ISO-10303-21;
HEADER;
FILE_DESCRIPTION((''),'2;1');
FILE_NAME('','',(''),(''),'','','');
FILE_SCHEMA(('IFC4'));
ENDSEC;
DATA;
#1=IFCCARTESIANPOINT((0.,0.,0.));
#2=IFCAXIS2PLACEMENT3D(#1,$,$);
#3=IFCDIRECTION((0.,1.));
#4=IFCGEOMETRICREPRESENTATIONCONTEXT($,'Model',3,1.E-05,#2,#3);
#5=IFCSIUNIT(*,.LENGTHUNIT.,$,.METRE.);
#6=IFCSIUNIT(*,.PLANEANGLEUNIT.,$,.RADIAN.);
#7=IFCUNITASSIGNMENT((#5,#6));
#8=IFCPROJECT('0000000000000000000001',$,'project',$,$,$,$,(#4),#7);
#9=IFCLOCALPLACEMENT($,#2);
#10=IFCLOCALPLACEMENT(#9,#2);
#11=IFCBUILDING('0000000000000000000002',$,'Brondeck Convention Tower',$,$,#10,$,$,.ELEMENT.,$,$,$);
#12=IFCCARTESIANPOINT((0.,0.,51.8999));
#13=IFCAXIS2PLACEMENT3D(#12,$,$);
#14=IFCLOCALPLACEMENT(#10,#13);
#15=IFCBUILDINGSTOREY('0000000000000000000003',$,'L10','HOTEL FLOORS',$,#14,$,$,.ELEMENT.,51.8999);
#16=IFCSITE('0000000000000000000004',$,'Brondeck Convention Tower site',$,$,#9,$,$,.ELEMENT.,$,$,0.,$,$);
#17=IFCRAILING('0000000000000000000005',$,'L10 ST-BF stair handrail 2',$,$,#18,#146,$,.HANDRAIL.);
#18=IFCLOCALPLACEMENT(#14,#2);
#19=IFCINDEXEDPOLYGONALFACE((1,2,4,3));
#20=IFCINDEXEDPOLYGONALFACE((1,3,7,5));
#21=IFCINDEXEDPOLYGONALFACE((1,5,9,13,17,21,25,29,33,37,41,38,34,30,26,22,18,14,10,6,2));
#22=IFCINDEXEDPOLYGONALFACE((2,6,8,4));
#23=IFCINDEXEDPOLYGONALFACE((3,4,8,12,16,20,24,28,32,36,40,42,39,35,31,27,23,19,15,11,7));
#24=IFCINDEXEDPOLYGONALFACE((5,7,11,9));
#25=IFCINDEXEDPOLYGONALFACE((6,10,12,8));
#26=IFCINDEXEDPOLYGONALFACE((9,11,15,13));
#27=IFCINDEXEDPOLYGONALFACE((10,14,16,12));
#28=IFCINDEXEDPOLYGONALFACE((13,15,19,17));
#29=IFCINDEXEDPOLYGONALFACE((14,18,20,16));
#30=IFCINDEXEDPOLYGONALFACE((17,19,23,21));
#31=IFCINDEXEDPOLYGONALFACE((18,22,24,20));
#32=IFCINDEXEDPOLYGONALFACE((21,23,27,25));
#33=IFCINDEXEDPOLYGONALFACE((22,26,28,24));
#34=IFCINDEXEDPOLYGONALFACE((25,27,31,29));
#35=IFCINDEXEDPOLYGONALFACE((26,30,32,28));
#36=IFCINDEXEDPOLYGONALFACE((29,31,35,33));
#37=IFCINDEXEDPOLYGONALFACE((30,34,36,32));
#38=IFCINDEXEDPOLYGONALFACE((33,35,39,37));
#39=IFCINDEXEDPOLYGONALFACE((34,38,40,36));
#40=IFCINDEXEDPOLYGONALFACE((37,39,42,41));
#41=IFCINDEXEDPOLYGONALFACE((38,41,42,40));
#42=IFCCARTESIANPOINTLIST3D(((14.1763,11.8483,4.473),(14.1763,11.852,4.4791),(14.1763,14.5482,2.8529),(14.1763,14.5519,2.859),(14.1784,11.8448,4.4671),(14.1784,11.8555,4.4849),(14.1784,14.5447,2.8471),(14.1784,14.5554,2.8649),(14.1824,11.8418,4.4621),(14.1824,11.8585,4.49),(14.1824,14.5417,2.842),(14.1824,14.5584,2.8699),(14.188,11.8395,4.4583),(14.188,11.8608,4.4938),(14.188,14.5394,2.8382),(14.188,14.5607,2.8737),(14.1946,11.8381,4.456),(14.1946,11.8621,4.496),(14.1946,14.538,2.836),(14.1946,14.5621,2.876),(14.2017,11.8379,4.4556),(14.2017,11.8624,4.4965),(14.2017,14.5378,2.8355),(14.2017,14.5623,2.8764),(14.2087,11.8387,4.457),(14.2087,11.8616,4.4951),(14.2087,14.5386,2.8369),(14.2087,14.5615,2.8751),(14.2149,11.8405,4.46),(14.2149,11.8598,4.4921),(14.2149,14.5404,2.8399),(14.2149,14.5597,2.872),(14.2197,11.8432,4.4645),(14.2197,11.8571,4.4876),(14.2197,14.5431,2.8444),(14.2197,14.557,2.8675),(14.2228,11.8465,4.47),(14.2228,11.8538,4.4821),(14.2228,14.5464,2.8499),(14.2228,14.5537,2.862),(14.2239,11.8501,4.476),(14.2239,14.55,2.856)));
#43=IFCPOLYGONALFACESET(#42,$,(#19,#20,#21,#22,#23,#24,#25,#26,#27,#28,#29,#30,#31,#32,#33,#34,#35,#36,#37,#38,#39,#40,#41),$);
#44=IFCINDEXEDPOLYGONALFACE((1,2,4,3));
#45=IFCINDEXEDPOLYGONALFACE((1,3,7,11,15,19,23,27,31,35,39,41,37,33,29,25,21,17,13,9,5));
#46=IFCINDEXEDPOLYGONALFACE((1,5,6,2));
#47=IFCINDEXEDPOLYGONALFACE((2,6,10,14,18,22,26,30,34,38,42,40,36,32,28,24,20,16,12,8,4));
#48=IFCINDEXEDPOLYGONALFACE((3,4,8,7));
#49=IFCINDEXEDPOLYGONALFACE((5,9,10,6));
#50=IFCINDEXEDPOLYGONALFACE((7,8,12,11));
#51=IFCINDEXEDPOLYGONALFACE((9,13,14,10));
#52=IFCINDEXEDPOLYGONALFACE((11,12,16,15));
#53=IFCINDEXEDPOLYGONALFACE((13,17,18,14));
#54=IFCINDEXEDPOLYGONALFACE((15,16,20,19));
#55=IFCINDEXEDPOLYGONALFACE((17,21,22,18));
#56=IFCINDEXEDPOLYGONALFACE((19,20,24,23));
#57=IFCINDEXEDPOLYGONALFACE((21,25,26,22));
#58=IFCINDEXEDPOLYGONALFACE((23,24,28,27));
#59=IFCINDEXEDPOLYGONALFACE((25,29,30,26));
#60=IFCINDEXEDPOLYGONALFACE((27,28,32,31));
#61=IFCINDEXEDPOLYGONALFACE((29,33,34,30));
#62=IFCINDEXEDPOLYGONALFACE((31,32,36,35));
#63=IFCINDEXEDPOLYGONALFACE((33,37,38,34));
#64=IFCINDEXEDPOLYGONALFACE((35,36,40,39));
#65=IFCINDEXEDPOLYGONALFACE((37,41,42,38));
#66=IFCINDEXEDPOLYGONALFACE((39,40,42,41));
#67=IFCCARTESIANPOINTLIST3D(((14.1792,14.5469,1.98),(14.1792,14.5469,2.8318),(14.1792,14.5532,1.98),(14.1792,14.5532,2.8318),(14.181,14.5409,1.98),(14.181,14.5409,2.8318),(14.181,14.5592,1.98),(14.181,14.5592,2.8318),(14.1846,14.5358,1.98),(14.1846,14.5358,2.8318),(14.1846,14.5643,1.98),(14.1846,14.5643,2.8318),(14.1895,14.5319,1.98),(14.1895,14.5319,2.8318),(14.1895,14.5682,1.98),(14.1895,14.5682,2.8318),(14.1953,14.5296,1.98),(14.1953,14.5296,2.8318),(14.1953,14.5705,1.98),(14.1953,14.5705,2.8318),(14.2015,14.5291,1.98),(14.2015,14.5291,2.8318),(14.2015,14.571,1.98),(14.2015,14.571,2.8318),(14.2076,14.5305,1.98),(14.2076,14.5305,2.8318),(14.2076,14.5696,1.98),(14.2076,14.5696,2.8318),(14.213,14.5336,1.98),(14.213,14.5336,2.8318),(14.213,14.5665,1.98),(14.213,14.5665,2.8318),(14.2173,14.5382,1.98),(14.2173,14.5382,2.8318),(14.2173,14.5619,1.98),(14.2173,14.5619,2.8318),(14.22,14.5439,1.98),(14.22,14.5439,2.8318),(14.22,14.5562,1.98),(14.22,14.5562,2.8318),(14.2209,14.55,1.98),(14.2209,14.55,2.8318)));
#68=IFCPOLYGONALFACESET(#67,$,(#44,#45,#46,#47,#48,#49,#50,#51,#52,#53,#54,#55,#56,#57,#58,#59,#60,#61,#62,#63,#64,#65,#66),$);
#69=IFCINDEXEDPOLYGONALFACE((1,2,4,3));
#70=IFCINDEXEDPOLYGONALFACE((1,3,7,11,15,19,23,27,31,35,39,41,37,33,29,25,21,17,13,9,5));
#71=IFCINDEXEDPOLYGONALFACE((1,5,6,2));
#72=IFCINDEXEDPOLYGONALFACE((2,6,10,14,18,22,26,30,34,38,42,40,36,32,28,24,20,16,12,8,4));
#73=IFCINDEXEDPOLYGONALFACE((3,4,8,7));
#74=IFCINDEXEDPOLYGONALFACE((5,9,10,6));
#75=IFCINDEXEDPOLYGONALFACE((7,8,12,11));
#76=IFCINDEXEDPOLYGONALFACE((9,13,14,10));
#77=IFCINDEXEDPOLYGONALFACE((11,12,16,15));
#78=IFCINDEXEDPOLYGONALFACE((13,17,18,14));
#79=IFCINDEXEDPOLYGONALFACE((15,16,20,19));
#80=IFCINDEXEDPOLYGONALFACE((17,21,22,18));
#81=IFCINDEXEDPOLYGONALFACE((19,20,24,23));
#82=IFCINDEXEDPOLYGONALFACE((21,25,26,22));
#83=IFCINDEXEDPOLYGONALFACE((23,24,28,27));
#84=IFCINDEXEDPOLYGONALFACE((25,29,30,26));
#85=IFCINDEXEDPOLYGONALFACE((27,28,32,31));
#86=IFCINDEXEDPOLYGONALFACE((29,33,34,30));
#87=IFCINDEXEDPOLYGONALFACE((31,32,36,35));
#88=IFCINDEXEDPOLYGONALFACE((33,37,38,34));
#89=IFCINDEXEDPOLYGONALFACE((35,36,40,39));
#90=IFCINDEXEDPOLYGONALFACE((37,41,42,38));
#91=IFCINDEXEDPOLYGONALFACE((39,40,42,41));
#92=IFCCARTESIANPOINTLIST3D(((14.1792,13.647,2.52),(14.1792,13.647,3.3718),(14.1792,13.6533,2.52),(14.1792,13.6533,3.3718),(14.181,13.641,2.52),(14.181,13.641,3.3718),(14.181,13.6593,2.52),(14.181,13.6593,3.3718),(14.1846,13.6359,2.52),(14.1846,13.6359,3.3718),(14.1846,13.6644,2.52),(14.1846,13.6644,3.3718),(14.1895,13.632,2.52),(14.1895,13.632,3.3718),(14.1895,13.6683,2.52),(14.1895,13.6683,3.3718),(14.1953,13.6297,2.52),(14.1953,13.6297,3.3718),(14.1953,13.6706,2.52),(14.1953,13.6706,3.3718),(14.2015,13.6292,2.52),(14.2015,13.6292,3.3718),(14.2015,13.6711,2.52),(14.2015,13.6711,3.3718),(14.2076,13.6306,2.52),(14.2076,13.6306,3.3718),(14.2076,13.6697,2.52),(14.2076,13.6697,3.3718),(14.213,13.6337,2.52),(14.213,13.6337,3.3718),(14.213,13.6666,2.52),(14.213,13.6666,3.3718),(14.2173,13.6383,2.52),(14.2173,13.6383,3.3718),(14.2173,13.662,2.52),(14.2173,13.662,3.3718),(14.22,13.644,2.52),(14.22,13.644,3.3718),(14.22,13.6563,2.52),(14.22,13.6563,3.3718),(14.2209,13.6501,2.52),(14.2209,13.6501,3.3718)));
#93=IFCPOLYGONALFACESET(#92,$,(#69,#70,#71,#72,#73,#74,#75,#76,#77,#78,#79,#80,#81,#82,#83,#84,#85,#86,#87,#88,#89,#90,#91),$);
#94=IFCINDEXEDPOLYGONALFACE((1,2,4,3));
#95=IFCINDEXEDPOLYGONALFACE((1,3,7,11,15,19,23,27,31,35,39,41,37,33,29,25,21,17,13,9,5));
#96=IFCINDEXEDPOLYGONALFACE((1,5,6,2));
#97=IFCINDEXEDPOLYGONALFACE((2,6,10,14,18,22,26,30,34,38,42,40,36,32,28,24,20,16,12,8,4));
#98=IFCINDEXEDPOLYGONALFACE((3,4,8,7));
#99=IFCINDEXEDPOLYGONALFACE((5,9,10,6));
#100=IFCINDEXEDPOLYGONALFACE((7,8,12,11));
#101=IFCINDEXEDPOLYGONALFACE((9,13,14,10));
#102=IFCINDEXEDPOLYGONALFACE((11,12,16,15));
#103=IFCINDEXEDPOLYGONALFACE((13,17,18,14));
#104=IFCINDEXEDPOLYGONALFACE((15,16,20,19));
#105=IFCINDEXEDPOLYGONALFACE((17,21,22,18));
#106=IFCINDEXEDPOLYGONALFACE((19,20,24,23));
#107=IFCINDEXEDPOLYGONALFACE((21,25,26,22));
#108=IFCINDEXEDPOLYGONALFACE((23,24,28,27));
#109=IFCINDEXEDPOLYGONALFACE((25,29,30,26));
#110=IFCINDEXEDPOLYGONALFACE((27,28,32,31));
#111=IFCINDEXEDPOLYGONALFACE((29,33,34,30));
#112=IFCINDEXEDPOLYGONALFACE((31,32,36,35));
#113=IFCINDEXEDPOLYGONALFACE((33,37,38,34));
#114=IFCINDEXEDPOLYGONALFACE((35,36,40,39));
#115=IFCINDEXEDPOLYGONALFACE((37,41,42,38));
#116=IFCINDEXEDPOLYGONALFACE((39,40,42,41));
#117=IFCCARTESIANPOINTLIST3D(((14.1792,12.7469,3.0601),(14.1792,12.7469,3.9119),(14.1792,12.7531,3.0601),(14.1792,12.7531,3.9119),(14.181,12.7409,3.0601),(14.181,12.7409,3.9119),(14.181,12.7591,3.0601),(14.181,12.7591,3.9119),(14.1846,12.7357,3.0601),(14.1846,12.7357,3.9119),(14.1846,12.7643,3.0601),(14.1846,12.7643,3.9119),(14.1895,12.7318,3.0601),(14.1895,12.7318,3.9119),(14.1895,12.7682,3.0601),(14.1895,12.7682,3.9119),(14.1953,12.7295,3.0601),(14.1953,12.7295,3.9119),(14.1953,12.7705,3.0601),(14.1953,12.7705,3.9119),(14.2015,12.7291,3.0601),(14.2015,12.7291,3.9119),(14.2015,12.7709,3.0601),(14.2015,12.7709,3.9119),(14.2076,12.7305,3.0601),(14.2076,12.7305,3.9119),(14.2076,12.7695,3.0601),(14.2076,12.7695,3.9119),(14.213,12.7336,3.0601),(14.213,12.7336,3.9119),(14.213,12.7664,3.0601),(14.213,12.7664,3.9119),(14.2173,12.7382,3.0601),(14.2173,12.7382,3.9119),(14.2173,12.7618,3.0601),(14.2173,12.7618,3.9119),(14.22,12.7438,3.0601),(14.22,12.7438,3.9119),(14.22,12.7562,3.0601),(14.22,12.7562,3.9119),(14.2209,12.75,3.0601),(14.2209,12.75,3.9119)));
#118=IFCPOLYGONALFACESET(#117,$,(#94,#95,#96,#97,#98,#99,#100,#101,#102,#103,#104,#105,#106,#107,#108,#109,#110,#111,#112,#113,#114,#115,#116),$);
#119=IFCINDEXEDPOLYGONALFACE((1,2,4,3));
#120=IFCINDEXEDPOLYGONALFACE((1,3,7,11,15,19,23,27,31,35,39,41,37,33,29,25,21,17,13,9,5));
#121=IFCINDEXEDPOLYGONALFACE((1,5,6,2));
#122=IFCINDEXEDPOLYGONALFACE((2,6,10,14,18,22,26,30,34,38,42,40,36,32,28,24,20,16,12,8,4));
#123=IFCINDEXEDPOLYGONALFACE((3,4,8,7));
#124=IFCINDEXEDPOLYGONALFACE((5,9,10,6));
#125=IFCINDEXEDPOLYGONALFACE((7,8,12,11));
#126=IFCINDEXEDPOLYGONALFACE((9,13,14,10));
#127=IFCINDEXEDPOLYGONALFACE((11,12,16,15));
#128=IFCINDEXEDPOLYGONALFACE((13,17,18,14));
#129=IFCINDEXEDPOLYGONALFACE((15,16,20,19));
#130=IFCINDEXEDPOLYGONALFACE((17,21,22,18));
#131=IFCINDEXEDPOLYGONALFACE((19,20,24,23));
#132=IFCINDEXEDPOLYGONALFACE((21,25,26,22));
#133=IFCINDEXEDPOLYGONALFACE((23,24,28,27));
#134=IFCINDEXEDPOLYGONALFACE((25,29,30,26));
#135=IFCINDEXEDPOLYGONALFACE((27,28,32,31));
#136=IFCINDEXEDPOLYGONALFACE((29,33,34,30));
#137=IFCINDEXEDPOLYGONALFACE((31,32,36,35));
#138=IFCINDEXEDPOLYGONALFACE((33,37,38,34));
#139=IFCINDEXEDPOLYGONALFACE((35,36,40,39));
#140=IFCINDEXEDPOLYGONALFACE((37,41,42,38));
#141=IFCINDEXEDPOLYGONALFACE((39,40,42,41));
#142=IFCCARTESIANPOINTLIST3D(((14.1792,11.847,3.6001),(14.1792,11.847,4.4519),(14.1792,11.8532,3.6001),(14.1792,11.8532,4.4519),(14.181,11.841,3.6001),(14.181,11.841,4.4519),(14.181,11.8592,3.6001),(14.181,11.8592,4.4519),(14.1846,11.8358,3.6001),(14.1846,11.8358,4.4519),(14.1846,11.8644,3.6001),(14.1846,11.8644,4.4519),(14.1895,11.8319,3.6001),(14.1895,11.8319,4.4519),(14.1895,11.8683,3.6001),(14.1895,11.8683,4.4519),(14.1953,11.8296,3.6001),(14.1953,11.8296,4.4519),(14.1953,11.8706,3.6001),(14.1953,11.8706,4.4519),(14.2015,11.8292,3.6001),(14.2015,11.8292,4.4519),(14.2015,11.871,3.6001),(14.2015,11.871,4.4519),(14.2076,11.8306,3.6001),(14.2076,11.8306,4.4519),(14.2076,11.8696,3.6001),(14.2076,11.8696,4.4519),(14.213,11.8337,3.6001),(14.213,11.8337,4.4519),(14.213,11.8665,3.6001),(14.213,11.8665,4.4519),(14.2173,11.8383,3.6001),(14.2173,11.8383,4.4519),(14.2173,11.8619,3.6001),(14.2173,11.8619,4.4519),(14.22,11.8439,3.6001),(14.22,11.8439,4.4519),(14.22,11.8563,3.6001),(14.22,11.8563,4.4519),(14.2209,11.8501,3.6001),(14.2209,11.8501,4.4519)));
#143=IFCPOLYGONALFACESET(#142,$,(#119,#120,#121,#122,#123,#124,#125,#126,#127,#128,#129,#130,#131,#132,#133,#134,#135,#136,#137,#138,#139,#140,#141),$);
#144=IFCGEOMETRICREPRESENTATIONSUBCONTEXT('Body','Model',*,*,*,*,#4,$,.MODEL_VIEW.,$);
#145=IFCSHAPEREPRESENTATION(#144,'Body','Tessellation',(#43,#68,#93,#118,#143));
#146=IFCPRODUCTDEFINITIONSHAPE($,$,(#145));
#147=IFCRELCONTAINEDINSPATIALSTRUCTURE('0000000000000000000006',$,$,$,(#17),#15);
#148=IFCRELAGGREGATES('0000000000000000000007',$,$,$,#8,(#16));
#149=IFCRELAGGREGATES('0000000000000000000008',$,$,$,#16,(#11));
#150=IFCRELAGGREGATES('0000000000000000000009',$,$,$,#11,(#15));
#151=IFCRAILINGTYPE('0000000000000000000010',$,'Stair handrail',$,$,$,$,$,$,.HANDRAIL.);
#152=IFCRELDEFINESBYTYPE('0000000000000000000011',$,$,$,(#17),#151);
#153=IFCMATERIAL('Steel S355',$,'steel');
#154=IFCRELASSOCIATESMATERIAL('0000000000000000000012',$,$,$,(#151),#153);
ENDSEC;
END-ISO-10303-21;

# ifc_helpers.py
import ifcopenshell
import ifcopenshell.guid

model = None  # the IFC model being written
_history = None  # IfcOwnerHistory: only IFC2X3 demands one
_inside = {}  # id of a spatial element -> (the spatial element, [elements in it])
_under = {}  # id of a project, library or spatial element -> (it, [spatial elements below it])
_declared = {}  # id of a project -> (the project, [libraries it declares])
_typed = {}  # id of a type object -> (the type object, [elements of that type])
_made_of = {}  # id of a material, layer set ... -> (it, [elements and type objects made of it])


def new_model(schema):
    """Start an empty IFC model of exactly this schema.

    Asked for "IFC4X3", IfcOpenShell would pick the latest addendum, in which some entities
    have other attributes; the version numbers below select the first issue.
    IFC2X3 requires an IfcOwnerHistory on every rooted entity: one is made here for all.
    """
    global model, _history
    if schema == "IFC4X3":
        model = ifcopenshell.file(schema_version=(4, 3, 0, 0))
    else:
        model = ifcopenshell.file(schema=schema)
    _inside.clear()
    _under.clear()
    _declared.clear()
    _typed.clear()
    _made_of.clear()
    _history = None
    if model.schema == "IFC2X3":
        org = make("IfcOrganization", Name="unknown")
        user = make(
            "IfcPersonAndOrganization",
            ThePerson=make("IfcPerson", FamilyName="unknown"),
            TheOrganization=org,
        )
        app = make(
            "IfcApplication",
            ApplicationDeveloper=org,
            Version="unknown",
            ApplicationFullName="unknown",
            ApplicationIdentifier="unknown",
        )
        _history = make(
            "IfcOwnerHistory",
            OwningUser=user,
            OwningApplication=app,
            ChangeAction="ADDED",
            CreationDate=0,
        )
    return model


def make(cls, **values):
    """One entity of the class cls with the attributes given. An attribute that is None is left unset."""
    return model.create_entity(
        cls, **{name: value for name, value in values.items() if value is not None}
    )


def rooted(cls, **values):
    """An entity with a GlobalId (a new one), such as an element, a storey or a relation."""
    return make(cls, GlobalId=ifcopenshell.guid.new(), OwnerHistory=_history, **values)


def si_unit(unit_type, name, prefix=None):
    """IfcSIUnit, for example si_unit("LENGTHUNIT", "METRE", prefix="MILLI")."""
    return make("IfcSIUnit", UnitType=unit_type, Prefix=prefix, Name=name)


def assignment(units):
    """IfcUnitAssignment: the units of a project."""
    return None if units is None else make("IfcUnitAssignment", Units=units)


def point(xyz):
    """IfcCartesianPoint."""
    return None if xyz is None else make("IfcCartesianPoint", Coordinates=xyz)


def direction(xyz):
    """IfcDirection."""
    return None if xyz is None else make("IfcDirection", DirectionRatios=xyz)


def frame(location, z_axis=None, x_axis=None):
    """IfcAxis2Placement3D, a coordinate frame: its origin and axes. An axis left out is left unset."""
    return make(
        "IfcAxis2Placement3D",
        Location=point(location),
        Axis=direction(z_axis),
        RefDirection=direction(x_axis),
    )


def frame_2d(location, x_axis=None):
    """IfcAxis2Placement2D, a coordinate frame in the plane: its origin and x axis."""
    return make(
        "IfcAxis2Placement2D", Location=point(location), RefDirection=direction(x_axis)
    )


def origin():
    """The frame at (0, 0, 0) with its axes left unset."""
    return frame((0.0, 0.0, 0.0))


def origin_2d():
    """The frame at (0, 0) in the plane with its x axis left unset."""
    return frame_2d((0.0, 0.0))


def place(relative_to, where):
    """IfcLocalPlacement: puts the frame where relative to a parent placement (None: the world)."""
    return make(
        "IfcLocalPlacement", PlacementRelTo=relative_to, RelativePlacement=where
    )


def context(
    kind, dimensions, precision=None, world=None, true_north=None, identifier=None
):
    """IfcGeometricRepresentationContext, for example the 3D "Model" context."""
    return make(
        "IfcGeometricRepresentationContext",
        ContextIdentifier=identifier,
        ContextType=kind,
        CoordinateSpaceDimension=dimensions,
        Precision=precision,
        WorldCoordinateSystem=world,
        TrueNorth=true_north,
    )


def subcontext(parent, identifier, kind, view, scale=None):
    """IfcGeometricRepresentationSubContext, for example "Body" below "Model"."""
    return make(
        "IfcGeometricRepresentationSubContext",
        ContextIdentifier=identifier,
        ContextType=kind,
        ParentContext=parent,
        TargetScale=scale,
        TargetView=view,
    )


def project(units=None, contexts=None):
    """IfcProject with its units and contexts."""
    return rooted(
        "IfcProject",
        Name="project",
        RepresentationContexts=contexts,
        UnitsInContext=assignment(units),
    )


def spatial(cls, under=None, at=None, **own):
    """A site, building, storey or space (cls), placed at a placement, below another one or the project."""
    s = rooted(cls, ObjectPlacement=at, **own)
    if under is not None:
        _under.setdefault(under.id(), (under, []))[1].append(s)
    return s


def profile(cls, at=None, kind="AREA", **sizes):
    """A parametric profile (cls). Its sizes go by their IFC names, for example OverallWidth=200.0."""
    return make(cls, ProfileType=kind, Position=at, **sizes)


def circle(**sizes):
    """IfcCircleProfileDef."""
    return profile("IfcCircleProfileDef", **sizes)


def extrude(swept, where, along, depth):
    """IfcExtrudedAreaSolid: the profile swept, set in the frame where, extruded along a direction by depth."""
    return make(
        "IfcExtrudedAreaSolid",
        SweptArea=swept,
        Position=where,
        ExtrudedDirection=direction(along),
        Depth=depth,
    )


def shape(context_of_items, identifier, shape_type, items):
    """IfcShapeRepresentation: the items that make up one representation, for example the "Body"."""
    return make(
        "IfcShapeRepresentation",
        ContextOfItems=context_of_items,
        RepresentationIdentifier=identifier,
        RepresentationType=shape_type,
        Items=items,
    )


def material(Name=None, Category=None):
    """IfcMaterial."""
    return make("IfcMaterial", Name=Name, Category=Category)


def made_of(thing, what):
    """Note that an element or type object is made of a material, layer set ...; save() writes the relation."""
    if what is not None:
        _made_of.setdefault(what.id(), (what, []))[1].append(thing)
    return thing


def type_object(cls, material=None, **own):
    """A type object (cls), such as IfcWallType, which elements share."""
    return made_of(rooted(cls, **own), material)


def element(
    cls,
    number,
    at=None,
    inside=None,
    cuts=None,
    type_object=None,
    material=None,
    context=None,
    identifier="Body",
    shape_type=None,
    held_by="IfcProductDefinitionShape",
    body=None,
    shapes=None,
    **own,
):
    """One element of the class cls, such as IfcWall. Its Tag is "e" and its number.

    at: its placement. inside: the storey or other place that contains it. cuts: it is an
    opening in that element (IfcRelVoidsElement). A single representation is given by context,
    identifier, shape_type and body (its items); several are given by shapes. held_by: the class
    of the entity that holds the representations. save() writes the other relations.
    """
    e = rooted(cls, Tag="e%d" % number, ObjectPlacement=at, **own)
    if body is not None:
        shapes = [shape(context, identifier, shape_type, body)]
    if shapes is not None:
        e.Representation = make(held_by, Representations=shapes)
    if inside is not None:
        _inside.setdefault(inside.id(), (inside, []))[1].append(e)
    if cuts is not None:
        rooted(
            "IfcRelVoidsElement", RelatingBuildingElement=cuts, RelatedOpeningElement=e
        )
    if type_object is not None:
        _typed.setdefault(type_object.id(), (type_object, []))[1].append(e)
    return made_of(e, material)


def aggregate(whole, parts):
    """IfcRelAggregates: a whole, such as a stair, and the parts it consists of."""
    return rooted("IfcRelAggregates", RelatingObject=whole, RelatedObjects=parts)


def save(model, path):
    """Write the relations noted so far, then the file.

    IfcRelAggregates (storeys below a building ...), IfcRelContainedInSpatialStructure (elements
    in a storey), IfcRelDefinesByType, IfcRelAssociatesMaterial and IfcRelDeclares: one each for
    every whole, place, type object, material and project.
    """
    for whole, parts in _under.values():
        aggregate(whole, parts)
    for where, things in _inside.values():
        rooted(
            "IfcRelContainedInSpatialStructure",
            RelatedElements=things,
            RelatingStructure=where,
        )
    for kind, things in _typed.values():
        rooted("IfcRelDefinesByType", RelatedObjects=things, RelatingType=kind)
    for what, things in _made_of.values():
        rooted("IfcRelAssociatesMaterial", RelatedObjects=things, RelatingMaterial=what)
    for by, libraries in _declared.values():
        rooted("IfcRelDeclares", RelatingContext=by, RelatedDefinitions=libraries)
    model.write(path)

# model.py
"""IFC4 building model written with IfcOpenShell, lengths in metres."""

from ifc_helpers import new_model, si_unit, direction, frame, origin, origin_2d, place, context, subcontext, project, spatial, circle, extrude, material, type_object, element, save


model = new_model("IFC4")

# Units and contexts
model_context = context("Model", 3, precision=1e-05, world=origin(), true_north=direction((0.0, 1.0)))
body_context = subcontext(model_context, "Body", "Model", "MODEL_VIEW")
ifc_project = project(units=[si_unit("LENGTHUNIT", "METRE"), si_unit("PLANEANGLEUNIT", "RADIAN")], contexts=[model_context])

# Site, building, storey
site_placement = place(None, origin())
site = spatial("IfcSite", under=ifc_project, at=site_placement, Name="Brondeck Convention Tower site", CompositionType="ELEMENT", RefElevation=0.0)
building_placement = place(site_placement, origin())
building = spatial("IfcBuilding", under=site, at=building_placement, Name="Brondeck Convention Tower", CompositionType="ELEMENT")
storey_placement = place(building_placement, frame((0.0, 0.0, 51.8999)))
storey = spatial("IfcBuildingStorey", under=building, at=storey_placement, Name="L10", Description="HOTEL FLOORS", CompositionType="ELEMENT", Elevation=51.8999)

# Shared definitions
ifc_material_1 = material(Name="Steel S355", Category="steel")

# Railing
railing_type_1 = type_object("IfcRailingType", Name="Stair handrail", PredefinedType="HANDRAIL", material=ifc_material_1)
railing_1_placement = place(storey_placement, frame((14.2, 14.55, 1.98)))
element("IfcRailing", 1, at=railing_1_placement, inside=storey, type_object=railing_type_1, Name="L10 ST-BF stair handrail 2", PredefinedType="HANDRAIL", context=body_context, shape_type="SweptSolid", body=[
    extrude(circle(Radius=0.0239, at=origin_2d()), frame((0.0, 0.0, 0.876), z_axis=(0.0, -0.857472, 0.51453), x_axis=(1.0, 0.0, 0.0)), (0.0, 0.0, 1.0), 3.1487),
    extrude(circle(Radius=0.021, at=origin_2d()), origin(), (0.0, 0.0, 1.0), 0.8518),
    extrude(circle(Radius=0.021, at=origin_2d()), frame((0.0, -0.8999, 0.54)), (0.0, 0.0, 1.0), 0.8518),
    extrude(circle(Radius=0.021, at=origin_2d()), frame((0.0, -1.8, 1.0801)), (0.0, 0.0, 1.0), 0.8518),
    extrude(circle(Radius=0.021, at=origin_2d()), frame((0.0, -2.7, 1.6201)), (0.0, 0.0, 1.0), 0.8518),
])

save(model, "model.ifc")
